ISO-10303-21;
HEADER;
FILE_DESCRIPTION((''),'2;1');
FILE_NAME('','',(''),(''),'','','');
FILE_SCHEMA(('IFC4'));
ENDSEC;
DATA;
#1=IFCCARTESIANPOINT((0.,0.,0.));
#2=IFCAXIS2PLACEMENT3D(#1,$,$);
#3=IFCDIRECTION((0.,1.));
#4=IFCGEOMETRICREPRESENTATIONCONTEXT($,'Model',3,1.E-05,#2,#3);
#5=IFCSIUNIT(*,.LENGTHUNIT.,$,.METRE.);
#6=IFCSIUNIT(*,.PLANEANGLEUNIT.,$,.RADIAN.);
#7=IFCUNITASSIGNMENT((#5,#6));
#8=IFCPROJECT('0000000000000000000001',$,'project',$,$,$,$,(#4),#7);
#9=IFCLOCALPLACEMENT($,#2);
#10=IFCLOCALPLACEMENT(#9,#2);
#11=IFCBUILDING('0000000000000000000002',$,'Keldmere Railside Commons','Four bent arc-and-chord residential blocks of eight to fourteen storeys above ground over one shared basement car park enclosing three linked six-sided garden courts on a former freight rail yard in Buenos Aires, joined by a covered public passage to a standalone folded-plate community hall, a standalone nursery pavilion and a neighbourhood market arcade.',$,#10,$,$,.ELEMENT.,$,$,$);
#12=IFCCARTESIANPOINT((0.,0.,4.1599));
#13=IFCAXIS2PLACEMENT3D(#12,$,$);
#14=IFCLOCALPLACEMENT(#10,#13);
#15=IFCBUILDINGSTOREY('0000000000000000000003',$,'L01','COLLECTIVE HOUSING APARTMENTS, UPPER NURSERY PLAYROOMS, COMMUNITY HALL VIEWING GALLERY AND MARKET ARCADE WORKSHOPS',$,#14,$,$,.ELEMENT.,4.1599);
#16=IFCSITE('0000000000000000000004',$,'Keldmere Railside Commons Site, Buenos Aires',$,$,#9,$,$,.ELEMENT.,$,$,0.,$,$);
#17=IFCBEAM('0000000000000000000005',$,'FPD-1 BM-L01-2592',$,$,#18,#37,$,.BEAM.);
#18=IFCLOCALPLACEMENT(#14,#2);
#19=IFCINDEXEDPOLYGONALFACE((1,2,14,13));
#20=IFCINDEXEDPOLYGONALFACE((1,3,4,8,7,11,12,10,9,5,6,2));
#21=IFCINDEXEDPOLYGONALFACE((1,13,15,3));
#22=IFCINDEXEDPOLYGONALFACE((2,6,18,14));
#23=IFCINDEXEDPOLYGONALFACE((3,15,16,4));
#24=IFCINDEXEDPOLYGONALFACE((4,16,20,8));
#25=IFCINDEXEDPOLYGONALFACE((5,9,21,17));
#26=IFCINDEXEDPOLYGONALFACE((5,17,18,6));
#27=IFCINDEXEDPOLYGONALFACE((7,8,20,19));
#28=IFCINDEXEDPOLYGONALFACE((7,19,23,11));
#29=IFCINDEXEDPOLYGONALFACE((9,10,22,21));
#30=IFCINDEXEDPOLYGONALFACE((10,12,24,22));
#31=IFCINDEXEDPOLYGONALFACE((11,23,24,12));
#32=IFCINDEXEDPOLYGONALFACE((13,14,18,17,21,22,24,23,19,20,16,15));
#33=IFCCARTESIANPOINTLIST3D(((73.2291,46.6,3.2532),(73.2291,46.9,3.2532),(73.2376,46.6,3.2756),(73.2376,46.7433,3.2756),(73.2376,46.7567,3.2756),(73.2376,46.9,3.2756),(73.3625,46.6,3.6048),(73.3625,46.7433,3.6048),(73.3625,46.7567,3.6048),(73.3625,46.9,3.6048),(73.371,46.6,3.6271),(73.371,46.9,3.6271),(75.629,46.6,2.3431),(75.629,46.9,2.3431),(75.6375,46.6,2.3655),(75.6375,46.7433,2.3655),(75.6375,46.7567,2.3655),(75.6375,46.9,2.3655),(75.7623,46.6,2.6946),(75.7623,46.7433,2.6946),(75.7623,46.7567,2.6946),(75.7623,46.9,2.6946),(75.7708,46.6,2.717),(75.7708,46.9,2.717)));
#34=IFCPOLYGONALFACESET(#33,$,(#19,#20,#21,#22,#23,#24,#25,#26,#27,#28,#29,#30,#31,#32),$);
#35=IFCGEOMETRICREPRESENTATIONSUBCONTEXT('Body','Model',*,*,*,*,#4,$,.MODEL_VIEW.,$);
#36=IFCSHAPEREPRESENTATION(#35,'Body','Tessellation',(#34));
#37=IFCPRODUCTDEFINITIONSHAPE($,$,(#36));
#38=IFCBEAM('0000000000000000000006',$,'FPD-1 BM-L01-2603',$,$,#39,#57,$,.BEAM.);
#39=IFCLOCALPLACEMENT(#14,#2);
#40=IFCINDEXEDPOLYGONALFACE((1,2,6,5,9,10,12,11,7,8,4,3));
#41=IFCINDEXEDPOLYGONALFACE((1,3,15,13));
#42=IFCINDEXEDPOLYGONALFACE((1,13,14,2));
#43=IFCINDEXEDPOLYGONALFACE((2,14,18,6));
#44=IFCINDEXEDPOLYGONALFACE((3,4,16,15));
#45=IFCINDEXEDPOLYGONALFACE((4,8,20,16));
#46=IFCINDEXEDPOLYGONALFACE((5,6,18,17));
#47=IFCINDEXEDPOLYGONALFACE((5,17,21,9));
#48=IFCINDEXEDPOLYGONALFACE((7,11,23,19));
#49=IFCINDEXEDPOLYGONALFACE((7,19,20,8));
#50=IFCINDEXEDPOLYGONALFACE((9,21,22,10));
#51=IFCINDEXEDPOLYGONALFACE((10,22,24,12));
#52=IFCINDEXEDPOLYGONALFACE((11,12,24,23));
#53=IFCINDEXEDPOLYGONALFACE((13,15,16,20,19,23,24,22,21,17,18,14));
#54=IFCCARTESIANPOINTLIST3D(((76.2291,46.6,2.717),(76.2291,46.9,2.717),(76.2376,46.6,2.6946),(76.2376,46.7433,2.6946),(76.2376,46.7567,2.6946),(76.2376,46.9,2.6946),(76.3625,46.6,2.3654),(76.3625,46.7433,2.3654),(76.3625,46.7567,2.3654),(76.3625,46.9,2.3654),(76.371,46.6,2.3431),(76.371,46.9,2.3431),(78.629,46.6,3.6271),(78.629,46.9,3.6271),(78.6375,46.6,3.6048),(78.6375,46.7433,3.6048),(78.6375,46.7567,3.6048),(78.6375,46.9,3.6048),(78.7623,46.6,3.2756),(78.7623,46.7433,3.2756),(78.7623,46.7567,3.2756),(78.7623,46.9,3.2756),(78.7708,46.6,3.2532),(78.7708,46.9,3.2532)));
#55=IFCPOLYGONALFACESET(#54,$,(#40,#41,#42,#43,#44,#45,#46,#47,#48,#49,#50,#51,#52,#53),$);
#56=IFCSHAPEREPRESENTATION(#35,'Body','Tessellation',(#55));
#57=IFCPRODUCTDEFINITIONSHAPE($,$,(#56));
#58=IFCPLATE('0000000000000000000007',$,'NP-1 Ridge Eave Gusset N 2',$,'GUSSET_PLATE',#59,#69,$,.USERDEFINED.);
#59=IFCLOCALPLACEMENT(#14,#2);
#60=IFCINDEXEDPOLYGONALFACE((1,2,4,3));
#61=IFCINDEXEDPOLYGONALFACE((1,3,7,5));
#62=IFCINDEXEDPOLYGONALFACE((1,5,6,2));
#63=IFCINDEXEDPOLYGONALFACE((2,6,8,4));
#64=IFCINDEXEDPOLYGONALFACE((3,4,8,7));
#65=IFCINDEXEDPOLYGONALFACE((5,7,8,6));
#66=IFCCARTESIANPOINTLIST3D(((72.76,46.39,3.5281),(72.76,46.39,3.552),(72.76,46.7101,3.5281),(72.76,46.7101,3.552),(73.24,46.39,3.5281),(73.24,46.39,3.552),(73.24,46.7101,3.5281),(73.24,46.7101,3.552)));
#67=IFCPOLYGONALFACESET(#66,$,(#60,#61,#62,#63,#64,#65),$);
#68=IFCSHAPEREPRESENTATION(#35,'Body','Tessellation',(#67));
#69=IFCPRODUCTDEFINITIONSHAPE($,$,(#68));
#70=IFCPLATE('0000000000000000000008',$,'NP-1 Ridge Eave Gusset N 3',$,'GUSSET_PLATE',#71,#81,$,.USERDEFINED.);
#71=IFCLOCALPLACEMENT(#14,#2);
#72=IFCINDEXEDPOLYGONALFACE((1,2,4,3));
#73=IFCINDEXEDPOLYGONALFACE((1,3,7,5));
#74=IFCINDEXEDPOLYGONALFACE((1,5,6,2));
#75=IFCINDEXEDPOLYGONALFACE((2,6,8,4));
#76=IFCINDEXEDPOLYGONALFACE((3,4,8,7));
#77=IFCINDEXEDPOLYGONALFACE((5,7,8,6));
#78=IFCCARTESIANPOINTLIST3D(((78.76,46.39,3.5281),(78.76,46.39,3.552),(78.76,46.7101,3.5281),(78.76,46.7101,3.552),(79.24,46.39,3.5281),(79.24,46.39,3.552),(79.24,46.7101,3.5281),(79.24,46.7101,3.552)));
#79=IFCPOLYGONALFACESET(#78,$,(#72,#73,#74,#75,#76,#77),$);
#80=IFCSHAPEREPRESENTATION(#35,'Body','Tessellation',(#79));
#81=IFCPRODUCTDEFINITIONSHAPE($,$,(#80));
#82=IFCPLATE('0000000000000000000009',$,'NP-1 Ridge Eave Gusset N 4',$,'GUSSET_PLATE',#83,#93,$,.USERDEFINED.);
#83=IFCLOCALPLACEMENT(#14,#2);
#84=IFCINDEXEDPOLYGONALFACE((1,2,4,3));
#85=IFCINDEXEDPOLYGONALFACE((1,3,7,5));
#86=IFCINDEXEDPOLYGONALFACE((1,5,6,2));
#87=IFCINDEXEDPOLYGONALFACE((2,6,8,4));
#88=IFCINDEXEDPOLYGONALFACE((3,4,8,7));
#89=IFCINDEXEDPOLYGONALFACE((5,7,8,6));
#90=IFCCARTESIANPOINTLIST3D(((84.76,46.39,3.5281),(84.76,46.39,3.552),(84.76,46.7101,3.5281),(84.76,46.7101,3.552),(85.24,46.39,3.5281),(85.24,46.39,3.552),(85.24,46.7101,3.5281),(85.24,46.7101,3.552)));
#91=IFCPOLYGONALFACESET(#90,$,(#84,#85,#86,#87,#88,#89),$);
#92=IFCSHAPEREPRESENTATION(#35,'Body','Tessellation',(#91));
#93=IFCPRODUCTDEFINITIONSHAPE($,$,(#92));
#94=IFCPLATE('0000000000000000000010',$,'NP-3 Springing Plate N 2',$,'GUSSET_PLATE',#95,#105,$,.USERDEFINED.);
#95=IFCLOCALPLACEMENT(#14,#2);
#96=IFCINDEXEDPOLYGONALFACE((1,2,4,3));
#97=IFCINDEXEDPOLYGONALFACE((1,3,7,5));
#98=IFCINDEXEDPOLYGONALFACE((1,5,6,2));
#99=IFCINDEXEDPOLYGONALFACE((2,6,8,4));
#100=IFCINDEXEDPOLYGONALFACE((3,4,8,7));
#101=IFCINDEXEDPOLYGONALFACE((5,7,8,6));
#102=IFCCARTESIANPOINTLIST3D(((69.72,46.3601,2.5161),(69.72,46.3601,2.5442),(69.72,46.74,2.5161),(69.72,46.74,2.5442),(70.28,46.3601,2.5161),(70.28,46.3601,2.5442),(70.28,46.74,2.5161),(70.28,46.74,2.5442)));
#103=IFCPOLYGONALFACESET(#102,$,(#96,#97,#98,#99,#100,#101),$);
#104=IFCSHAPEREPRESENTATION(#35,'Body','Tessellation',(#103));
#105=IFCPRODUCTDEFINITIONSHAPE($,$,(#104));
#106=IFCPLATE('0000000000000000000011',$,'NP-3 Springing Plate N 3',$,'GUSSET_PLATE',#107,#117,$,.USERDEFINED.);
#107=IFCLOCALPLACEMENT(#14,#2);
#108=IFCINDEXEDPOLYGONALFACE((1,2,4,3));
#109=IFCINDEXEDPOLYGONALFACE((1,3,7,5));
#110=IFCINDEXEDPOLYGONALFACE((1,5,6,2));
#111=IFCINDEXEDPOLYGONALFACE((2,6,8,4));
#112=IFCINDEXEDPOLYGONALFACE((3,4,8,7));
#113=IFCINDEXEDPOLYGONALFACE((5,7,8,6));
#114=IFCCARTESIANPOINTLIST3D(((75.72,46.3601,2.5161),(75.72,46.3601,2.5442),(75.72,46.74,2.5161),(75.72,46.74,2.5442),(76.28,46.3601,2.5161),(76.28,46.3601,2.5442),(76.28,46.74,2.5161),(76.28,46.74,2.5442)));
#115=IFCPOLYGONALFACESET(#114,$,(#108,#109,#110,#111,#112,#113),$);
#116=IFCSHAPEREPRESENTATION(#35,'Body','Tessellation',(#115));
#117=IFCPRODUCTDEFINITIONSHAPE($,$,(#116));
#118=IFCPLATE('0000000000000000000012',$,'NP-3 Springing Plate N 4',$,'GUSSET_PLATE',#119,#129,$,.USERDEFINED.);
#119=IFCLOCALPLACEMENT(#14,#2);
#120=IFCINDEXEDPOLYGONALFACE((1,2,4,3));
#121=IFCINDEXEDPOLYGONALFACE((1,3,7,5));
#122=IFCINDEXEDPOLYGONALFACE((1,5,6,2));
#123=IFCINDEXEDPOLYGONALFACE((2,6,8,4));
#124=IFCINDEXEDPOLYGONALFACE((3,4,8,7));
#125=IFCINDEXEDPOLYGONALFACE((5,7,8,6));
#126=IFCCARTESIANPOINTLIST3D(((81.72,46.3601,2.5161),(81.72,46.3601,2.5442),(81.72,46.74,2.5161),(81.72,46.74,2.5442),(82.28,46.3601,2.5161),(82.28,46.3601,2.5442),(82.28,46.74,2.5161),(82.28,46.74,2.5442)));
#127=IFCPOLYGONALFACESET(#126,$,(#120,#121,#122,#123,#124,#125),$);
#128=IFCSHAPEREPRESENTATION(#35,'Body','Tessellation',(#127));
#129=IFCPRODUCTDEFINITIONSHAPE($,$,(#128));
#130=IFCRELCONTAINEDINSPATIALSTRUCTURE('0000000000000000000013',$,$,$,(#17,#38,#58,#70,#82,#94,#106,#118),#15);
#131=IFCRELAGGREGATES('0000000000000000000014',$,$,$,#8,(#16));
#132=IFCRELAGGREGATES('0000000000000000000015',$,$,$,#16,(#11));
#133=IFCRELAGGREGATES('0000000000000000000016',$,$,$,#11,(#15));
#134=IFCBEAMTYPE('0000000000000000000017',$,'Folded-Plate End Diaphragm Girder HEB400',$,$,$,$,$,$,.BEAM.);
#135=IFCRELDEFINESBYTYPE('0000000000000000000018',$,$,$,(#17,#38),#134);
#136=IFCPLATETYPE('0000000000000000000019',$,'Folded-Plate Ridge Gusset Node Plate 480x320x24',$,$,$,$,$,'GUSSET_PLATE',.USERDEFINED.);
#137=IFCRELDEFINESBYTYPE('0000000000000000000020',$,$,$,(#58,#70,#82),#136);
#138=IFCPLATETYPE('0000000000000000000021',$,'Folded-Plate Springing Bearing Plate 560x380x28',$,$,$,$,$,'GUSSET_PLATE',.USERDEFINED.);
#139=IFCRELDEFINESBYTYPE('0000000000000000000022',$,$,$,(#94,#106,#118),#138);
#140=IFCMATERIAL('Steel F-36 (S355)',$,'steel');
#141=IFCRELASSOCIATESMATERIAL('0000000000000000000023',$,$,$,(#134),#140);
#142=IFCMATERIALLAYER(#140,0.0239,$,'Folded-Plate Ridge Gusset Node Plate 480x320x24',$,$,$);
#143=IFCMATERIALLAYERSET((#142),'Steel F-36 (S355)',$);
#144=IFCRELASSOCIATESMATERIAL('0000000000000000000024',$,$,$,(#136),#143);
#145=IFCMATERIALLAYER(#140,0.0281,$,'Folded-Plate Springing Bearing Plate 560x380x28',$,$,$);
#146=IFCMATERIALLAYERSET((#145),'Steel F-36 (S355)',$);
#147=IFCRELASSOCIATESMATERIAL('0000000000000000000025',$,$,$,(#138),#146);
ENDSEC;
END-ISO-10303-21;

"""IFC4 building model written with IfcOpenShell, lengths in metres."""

from ifc_helpers import new_model, si_unit, direction, frame, origin, origin_2d, place, context, subcontext, project, spatial, rectangle, i_section, extrude, material, layer, layer_set, material_profile, profile_set, type_object, element, save


model = new_model("IFC4")

# Units and contexts
model_context = context("Model", 3, precision=1e-05, world=origin(), true_north=direction((0.0, 1.0)))
body_context = subcontext(model_context, "Body", "Model", "MODEL_VIEW")
ifc_project = project(units=[si_unit("LENGTHUNIT", "METRE"), si_unit("PLANEANGLEUNIT", "RADIAN")], contexts=[model_context])

# Site, building, storey
site_placement = place(None, origin())
site = spatial("IfcSite", under=ifc_project, at=site_placement, Name="Keldmere Railside Commons Site, Buenos Aires", CompositionType="ELEMENT", RefElevation=0.0)
building_placement = place(site_placement, origin())
building = spatial("IfcBuilding", under=site, at=building_placement, Name="Keldmere Railside Commons", Description="Four bent arc-and-chord residential blocks of eight to fourteen storeys above ground over one shared basement car park enclosing three linked six-sided garden courts on a former freight rail yard in Buenos Aires, joined by a covered public passage to a standalone folded-plate community hall, a standalone nursery pavilion and a neighbourhood market arcade.", CompositionType="ELEMENT")
storey_placement = place(building_placement, frame((0.0, 0.0, 4.1599)))
storey = spatial("IfcBuildingStorey", under=building, at=storey_placement, Name="L01", Description="COLLECTIVE HOUSING APARTMENTS, UPPER NURSERY PLAYROOMS, COMMUNITY HALL VIEWING GALLERY AND MARKET ARCADE WORKSHOPS", CompositionType="ELEMENT", Elevation=4.1599)

# Beams
ifc_material_1 = material(Name="Steel F-36 (S355)", Category="steel")
ifc_material_profile_1 = material_profile(ifc_material_1, i_section(OverallWidth=0.3, OverallDepth=0.3999, WebThickness=0.0134, FlangeThickness=0.0239, at=origin_2d()), Name="HEB-400")
ifc_profile_set_1 = profile_set([ifc_material_profile_1], Name="Steel F-36 (S355)")
beam_type_1 = type_object("IfcBeamType", Name="Folded-Plate End Diaphragm Girder HEB400", PredefinedType="BEAM", material=ifc_profile_set_1)
for number, where, z_axis, x_axis, name in (
    (1, (73.3, 46.75, 3.4402), (0.935017, 0.0, -0.354603), (0.0, 1.0, 0.0), "FPD-1 BM-L01-2592"),
    (2, (76.3, 46.75, 2.53), (0.935017, 0.0, 0.354603), (0.0, 1.0, 0.0), "FPD-1 BM-L01-2603"),
):
    element("IfcBeam", number, at=place(storey_placement, frame(where, z_axis=z_axis, x_axis=x_axis)), inside=storey, type_object=beam_type_1, Name=name, PredefinedType="BEAM", context=body_context, shape_type="SweptSolid", body=[
        extrude(i_section(OverallWidth=0.3, OverallDepth=0.3999, WebThickness=0.0134, FlangeThickness=0.0239, at=origin_2d()), origin(), (0.0, 0.0, 1.0), 2.5667),
    ])

# Plates
ifc_layer_1 = layer(ifc_material_1, 0.0239, Name="Folded-Plate Ridge Gusset Node Plate 480x320x24")
ifc_layer_set_1 = layer_set([ifc_layer_1], Name="Steel F-36 (S355)")
plate_type_1 = type_object("IfcPlateType", Name="Folded-Plate Ridge Gusset Node Plate 480x320x24", ElementType="GUSSET_PLATE", PredefinedType="USERDEFINED", material=ifc_layer_set_1)
for number, where, z_axis, x_axis, name in (
    (3, (73.0, 46.55, 3.5281), (0.0, 0.0, 1.0), (1.0, 0.0, 0.0), "NP-1 Ridge Eave Gusset N 2"),
    (4, (79.0, 46.55, 3.5281), (0.0, 0.0, 1.0), (1.0, 0.0, 0.0), "NP-1 Ridge Eave Gusset N 3"),
    (5, (85.0, 46.55, 3.5281), (0.0, 0.0, 1.0), (1.0, 0.0, 0.0), "NP-1 Ridge Eave Gusset N 4"),
):
    element("IfcPlate", number, at=place(storey_placement, frame(where, z_axis=z_axis, x_axis=x_axis)), inside=storey, type_object=plate_type_1, Name=name, ObjectType="GUSSET_PLATE", PredefinedType="USERDEFINED", context=body_context, shape_type="SweptSolid", body=[
        extrude(rectangle(XDim=0.48, YDim=0.3201, at=origin_2d()), origin(), (0.0, 0.0, 1.0), 0.0239),
    ])
ifc_layer_2 = layer(ifc_material_1, 0.0281, Name="Folded-Plate Springing Bearing Plate 560x380x28")
ifc_layer_set_2 = layer_set([ifc_layer_2], Name="Steel F-36 (S355)")
plate_type_2 = type_object("IfcPlateType", Name="Folded-Plate Springing Bearing Plate 560x380x28", ElementType="GUSSET_PLATE", PredefinedType="USERDEFINED", material=ifc_layer_set_2)
for number, where, z_axis, x_axis, name in (
    (6, (70.0, 46.55, 2.5161), (0.0, 0.0, 1.0), (1.0, 0.0, 0.0), "NP-3 Springing Plate N 2"),
    (7, (76.0, 46.55, 2.5161), (0.0, 0.0, 1.0), (1.0, 0.0, 0.0), "NP-3 Springing Plate N 3"),
    (8, (82.0, 46.55, 2.5161), (0.0, 0.0, 1.0), (1.0, 0.0, 0.0), "NP-3 Springing Plate N 4"),
):
    element("IfcPlate", number, at=place(storey_placement, frame(where, z_axis=z_axis, x_axis=x_axis)), inside=storey, type_object=plate_type_2, Name=name, ObjectType="GUSSET_PLATE", PredefinedType="USERDEFINED", context=body_context, shape_type="SweptSolid", body=[
        extrude(rectangle(XDim=0.5601, YDim=0.3799, at=origin_2d()), origin(), (0.0, 0.0, 1.0), 0.0281),
    ])

save(model, "model.ifc")
